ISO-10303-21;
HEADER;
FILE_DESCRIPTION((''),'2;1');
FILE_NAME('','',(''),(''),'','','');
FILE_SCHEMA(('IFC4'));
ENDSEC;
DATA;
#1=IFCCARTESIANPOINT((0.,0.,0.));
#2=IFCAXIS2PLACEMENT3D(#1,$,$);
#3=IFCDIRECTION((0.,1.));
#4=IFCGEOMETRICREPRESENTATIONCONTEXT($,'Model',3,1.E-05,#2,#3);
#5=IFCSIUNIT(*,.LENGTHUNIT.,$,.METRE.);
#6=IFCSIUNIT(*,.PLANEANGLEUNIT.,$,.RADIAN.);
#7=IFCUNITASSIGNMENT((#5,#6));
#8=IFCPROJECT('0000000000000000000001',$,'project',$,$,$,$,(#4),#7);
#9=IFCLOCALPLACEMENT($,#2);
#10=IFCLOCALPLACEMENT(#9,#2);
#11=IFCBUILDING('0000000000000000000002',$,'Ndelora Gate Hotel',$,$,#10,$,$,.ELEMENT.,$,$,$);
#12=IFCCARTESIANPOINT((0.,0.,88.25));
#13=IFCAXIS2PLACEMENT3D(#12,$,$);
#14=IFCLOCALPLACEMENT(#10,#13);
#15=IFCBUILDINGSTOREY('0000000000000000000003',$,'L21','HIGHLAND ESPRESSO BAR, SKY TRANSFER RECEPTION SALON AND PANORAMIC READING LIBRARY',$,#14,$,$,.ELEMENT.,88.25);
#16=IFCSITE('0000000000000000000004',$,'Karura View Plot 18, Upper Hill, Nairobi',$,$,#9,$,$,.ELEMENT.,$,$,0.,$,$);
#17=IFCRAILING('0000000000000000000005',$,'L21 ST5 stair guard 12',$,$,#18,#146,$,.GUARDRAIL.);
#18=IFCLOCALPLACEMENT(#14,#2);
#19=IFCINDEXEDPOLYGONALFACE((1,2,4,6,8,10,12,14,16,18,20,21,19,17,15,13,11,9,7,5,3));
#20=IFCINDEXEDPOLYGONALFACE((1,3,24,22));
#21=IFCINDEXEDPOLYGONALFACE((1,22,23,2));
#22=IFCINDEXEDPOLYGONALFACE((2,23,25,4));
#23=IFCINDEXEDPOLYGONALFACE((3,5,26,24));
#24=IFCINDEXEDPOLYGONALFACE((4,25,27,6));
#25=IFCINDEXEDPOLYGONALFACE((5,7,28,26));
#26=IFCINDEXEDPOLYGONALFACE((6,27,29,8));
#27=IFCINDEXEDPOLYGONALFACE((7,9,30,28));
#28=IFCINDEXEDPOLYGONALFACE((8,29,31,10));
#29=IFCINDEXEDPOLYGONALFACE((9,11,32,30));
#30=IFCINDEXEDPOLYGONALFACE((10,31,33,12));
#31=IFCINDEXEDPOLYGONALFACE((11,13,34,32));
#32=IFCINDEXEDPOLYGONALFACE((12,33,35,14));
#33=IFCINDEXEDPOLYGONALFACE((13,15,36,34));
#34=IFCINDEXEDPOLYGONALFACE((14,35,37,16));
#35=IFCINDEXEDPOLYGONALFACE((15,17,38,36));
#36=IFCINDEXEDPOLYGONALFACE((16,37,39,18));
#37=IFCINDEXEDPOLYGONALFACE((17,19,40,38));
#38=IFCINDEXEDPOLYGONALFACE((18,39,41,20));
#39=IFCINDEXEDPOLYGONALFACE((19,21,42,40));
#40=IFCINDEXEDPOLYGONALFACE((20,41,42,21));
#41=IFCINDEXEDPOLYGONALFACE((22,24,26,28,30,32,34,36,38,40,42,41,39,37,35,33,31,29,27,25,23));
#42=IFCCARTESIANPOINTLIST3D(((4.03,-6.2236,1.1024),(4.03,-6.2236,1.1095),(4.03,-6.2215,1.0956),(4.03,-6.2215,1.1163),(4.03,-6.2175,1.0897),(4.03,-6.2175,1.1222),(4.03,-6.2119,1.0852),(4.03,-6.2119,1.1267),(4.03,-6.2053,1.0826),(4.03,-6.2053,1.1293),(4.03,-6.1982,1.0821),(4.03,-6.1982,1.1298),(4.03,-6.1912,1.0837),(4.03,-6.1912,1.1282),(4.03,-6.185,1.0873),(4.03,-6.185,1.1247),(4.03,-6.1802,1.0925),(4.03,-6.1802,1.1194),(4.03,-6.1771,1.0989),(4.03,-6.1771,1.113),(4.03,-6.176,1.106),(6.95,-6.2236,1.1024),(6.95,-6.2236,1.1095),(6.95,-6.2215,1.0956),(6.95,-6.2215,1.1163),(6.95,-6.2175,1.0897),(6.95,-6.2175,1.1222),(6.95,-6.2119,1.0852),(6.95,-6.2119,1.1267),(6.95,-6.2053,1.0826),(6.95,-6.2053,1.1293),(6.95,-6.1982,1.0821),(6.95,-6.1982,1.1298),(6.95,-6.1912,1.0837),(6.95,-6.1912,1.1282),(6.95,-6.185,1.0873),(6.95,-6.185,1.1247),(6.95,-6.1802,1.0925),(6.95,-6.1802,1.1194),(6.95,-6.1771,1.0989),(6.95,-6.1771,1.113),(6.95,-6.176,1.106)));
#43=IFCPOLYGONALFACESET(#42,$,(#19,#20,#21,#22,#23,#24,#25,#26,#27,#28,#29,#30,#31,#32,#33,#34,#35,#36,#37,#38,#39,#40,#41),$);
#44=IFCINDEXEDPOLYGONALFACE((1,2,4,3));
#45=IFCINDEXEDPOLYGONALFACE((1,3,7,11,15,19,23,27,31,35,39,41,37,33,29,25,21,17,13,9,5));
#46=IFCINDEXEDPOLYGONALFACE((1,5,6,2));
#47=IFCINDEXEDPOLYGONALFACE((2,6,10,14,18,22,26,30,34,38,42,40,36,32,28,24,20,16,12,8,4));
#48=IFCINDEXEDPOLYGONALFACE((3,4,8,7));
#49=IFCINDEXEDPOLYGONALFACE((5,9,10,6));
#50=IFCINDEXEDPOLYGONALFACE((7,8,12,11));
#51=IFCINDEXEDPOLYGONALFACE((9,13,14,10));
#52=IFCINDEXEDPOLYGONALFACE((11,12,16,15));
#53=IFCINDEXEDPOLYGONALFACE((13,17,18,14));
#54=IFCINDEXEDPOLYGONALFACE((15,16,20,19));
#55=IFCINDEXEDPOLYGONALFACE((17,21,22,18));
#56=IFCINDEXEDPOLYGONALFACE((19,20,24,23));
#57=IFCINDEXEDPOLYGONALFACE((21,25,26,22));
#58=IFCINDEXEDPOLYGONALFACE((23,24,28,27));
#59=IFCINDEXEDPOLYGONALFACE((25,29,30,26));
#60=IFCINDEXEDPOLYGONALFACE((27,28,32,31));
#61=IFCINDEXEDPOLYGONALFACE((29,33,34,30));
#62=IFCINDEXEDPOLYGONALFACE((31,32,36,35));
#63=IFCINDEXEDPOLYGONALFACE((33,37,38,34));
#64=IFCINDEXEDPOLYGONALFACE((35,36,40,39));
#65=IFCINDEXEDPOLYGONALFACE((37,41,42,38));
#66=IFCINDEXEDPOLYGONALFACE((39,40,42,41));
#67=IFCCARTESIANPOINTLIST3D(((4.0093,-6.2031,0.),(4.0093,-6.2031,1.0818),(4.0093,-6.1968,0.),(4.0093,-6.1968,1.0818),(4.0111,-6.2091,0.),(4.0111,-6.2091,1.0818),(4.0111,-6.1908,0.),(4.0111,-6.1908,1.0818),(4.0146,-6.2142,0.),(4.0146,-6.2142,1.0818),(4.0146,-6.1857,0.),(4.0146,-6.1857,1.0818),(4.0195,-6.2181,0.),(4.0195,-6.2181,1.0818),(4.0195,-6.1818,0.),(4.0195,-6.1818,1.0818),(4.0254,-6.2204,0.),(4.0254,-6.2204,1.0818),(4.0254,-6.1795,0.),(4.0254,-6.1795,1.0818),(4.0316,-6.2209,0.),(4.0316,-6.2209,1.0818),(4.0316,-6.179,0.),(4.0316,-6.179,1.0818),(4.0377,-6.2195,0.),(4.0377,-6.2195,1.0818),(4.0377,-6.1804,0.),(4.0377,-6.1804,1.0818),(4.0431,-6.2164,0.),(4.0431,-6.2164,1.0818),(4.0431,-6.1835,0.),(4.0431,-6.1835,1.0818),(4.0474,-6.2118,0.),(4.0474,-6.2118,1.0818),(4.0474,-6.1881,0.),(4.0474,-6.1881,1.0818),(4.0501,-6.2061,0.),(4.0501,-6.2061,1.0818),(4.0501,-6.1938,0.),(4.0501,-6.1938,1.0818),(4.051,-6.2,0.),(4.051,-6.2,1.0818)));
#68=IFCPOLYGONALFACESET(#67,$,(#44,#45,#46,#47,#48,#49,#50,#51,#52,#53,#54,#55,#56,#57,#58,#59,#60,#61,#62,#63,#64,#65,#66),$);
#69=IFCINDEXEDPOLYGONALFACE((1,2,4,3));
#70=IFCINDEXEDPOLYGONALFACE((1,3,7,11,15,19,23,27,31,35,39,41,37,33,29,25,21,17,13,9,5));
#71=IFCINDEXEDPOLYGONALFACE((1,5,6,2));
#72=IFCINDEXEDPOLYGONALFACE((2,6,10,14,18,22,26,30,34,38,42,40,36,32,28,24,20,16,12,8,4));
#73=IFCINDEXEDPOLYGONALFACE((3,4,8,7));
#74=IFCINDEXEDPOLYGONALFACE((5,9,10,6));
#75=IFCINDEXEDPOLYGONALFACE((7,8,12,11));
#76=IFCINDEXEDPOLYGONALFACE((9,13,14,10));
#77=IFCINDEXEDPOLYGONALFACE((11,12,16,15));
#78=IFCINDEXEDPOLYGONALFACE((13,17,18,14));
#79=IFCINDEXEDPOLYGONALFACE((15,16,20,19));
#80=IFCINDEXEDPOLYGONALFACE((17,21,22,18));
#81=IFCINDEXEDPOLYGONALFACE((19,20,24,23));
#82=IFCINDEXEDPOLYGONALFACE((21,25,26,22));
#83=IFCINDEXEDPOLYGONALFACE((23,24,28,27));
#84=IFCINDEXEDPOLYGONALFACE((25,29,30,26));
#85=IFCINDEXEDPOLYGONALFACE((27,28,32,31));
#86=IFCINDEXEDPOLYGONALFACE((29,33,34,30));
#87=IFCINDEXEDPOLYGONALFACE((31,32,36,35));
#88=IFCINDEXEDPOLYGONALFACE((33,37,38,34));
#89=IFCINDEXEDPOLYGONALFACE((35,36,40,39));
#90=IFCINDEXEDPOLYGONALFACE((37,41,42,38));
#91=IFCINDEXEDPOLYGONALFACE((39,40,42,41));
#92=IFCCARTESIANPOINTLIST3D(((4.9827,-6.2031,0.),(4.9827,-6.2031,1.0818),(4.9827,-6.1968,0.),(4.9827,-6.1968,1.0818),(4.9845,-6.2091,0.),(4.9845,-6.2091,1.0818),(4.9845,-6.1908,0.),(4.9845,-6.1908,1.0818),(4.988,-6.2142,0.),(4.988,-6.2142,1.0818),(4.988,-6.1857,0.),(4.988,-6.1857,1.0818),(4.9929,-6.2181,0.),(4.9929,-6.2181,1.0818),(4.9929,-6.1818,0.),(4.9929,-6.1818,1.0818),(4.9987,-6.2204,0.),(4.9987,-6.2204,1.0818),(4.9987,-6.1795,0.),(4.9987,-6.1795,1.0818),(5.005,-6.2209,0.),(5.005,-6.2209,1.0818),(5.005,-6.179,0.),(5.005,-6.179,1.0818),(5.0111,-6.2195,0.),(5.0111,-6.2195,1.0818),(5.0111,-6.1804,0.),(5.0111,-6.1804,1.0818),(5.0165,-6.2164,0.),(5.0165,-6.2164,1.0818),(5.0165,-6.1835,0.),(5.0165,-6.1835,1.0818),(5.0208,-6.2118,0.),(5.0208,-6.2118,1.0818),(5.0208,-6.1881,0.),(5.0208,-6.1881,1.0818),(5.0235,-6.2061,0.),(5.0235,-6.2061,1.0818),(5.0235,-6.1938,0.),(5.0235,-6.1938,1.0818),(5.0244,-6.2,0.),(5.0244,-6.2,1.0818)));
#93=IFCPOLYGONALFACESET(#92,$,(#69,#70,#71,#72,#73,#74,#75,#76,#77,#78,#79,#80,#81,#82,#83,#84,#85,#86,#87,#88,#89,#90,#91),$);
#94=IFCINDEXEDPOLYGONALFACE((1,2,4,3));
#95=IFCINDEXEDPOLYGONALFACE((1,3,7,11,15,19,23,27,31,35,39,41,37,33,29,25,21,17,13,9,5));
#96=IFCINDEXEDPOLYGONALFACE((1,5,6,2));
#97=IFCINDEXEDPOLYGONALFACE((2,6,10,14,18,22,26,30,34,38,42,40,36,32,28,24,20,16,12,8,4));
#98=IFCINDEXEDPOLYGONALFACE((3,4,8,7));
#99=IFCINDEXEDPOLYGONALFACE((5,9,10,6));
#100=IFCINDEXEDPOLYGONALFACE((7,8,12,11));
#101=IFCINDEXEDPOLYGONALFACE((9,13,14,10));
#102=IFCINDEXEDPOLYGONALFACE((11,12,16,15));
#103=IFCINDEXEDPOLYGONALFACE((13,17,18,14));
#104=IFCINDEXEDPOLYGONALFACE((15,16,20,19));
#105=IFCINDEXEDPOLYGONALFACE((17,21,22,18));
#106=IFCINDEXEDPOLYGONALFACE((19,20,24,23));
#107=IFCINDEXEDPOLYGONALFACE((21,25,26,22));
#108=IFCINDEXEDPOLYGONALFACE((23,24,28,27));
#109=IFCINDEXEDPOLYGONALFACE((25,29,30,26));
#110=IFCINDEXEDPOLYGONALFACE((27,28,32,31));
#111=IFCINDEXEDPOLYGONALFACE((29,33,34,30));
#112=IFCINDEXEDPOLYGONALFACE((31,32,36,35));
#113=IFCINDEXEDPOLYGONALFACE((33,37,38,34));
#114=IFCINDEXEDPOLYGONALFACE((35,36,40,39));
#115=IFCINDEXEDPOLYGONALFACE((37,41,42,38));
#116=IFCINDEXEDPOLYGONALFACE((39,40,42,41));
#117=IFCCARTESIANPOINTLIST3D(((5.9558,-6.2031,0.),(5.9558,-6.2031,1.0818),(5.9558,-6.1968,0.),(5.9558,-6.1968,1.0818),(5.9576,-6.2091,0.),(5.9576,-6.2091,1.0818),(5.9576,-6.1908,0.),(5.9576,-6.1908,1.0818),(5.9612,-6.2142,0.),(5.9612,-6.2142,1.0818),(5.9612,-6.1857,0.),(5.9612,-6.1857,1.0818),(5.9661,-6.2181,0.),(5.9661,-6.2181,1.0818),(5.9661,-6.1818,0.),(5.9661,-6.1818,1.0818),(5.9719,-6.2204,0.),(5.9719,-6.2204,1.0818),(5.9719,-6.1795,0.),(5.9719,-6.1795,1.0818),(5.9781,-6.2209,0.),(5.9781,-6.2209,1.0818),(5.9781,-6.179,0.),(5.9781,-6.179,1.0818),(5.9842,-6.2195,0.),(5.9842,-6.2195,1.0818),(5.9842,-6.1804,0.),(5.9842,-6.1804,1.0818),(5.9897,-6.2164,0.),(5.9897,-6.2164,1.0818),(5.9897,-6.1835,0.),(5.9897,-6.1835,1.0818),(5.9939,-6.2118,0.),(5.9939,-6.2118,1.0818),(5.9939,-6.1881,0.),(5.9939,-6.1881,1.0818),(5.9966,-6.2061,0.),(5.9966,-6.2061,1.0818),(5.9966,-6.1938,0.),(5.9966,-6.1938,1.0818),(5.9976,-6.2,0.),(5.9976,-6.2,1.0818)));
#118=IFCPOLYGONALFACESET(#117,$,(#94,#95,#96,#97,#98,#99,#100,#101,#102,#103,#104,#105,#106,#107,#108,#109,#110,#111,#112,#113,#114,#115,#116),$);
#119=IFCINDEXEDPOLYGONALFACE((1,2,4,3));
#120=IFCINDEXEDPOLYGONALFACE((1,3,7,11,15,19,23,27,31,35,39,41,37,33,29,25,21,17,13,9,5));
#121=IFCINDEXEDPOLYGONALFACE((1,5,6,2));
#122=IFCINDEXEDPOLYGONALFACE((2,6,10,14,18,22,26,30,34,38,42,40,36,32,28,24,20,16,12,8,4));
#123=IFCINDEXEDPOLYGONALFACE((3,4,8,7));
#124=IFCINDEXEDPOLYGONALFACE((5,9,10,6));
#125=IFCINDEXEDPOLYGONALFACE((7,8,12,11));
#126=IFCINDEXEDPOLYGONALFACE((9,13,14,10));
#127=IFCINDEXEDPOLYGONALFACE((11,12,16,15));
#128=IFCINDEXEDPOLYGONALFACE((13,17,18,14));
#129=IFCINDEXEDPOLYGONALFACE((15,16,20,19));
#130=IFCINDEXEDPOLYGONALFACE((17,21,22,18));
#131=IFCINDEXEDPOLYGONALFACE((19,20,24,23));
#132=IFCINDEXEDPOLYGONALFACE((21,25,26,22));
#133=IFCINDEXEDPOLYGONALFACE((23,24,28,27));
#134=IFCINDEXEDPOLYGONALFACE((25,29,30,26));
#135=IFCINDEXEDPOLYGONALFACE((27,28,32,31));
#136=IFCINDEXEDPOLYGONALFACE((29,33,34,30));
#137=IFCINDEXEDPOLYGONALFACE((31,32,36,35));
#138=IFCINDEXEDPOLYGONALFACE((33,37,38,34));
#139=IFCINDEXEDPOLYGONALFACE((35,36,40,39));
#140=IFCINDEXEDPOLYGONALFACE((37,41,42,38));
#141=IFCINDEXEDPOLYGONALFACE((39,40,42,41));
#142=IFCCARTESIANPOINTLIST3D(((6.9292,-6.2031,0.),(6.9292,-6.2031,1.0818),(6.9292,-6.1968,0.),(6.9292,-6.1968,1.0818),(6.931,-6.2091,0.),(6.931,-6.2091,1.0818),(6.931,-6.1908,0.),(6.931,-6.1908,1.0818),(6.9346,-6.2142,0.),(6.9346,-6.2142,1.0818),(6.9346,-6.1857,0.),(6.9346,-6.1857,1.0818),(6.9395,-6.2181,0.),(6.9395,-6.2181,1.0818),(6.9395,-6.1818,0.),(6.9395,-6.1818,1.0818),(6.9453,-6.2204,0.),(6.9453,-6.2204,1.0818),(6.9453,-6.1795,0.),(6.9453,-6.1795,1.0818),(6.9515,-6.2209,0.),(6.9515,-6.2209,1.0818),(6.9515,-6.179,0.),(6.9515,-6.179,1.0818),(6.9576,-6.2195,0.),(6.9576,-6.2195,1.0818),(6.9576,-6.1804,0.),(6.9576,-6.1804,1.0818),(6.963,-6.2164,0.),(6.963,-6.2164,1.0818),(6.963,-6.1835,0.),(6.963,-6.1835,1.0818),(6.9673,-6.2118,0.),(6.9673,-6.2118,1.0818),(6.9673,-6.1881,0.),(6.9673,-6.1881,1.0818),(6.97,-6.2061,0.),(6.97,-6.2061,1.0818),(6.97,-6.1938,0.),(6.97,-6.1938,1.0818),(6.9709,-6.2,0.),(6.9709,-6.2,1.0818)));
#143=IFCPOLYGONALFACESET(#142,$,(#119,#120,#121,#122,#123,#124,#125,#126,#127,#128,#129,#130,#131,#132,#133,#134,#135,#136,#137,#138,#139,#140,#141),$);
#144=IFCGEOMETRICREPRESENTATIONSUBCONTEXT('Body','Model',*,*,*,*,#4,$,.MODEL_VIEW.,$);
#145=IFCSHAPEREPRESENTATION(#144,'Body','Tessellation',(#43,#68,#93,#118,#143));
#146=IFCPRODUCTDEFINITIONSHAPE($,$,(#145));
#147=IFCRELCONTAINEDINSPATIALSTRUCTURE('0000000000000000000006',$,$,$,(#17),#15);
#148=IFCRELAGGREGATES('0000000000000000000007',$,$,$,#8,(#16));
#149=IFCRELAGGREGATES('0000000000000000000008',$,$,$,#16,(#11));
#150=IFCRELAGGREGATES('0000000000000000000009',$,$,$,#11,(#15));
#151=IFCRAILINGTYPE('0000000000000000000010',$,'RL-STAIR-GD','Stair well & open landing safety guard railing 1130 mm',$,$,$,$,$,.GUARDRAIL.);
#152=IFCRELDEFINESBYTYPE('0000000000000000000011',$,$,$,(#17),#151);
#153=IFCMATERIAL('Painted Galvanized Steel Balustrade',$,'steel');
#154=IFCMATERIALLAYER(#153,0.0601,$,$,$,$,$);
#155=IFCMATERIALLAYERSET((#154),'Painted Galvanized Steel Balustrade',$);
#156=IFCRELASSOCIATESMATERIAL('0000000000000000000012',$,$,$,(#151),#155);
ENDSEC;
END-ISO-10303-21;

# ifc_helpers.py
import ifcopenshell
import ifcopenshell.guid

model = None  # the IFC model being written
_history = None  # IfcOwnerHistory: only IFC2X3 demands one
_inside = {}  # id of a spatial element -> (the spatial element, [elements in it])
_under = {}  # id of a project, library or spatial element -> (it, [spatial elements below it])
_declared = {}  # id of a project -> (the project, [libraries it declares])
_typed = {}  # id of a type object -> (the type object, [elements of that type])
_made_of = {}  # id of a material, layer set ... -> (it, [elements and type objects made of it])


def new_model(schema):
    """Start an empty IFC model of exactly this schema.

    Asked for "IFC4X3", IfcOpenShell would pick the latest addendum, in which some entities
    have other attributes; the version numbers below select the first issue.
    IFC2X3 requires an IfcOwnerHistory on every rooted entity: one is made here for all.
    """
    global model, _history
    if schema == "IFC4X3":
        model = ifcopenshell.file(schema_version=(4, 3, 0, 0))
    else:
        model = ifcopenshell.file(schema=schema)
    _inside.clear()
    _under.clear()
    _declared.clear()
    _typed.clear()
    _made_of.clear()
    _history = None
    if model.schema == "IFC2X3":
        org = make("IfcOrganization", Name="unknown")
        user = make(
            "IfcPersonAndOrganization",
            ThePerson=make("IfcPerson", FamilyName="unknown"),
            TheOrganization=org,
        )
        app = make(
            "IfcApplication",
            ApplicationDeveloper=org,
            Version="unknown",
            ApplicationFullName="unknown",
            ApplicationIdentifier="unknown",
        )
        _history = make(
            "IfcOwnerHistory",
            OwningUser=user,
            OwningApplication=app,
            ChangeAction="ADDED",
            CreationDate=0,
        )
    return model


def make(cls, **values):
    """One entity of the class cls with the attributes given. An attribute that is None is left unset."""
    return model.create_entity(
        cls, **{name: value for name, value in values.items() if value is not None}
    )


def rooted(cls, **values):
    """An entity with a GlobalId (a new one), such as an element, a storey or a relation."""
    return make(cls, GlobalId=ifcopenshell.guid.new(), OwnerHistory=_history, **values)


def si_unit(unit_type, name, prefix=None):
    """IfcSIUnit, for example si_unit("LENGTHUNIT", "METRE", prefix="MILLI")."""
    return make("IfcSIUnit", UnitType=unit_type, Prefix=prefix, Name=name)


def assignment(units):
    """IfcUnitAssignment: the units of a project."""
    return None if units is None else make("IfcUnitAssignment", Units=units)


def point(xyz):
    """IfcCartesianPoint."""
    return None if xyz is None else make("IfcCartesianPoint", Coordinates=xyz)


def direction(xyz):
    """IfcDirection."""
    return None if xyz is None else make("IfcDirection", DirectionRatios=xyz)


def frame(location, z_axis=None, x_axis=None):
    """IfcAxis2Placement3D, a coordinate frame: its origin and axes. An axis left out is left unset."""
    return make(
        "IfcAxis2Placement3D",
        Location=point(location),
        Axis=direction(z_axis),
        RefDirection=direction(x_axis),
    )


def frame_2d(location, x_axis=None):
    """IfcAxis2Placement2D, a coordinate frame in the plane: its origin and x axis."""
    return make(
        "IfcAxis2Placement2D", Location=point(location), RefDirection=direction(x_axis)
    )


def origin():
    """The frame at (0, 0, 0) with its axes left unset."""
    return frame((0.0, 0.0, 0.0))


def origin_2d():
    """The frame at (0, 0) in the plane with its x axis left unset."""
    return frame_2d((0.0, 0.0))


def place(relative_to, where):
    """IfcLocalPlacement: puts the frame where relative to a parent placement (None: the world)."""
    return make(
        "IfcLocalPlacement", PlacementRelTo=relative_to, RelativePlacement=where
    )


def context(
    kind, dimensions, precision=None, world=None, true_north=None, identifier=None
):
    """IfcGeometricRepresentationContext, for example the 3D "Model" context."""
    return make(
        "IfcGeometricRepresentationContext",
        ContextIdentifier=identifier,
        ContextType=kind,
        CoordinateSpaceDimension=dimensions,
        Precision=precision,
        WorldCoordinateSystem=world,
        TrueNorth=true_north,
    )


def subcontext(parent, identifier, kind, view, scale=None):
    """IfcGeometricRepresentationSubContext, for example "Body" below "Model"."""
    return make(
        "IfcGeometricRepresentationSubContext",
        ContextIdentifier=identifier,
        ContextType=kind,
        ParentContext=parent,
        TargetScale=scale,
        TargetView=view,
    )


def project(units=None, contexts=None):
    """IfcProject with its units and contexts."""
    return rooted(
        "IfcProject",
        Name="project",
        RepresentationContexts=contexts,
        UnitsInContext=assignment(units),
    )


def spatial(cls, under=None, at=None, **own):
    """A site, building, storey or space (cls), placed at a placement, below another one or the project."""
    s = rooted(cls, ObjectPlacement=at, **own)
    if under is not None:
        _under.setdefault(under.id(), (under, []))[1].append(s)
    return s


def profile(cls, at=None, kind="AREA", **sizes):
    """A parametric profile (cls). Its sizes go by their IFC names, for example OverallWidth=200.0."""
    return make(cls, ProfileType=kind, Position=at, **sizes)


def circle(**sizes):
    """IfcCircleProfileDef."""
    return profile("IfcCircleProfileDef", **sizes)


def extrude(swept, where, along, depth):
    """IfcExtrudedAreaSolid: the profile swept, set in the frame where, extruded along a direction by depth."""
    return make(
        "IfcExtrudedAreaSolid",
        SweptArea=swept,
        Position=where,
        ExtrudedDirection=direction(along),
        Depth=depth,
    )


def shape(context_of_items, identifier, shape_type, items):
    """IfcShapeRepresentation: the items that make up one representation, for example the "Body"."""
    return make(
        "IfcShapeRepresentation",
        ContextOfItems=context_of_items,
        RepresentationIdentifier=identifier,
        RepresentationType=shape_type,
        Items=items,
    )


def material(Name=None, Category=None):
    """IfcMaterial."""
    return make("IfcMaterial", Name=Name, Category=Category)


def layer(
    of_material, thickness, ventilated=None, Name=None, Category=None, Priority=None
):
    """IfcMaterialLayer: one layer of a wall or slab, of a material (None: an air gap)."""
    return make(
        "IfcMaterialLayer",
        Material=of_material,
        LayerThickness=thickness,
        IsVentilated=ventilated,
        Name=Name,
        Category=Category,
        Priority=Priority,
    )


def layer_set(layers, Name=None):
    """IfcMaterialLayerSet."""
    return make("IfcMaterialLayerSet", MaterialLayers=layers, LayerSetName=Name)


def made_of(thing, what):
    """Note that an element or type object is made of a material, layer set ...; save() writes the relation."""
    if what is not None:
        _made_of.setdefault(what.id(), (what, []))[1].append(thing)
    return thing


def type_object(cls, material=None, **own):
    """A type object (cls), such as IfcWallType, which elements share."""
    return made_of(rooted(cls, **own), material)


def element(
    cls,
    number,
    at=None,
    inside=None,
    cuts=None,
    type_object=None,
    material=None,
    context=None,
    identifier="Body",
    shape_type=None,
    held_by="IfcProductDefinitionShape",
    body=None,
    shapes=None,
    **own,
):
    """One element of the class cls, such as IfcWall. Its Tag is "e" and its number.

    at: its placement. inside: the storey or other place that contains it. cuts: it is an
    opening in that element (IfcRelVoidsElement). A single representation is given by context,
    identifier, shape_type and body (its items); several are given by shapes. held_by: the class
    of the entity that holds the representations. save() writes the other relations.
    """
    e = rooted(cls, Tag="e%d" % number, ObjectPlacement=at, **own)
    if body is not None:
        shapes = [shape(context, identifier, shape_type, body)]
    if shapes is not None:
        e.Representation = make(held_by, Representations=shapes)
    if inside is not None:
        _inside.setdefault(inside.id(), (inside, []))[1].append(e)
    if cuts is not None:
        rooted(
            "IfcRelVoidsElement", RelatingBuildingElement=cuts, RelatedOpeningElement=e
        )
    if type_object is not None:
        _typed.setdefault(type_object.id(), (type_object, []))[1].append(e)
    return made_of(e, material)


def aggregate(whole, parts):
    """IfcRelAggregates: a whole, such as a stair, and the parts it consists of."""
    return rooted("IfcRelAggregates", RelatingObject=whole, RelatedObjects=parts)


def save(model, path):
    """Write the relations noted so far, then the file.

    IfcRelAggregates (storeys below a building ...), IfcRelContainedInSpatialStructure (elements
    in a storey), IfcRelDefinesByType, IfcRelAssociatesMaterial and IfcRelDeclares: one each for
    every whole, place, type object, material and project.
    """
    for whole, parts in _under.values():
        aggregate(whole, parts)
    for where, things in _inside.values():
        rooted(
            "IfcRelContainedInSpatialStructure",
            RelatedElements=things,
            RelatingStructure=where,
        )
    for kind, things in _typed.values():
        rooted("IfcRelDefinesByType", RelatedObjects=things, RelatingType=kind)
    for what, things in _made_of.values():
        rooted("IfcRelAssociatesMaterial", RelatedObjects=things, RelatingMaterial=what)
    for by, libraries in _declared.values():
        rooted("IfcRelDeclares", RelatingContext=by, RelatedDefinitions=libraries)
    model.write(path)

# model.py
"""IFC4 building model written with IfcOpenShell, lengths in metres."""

from ifc_helpers import new_model, si_unit, direction, frame, origin, origin_2d, place, context, subcontext, project, spatial, circle, extrude, material, layer, layer_set, type_object, element, save


model = new_model("IFC4")

# Units and contexts
model_context = context("Model", 3, precision=1e-05, world=origin(), true_north=direction((0.0, 1.0)))
body_context = subcontext(model_context, "Body", "Model", "MODEL_VIEW")
ifc_project = project(units=[si_unit("LENGTHUNIT", "METRE"), si_unit("PLANEANGLEUNIT", "RADIAN")], contexts=[model_context])

# Site, building, storey
site_placement = place(None, origin())
site = spatial("IfcSite", under=ifc_project, at=site_placement, Name="Karura View Plot 18, Upper Hill, Nairobi", CompositionType="ELEMENT", RefElevation=0.0)
building_placement = place(site_placement, origin())
building = spatial("IfcBuilding", under=site, at=building_placement, Name="Ndelora Gate Hotel", CompositionType="ELEMENT")
storey_placement = place(building_placement, frame((0.0, 0.0, 88.25)))
storey = spatial("IfcBuildingStorey", under=building, at=storey_placement, Name="L21", Description="HIGHLAND ESPRESSO BAR, SKY TRANSFER RECEPTION SALON AND PANORAMIC READING LIBRARY", CompositionType="ELEMENT", Elevation=88.25)

# Railing
ifc_material_1 = material(Name="Painted Galvanized Steel Balustrade", Category="steel")
ifc_layer_1 = layer(ifc_material_1, 0.0601)
ifc_layer_set_1 = layer_set([ifc_layer_1], Name="Painted Galvanized Steel Balustrade")
railing_type_1 = type_object("IfcRailingType", Name="RL-STAIR-GD", Description="Stair well & open landing safety guard railing 1130 mm", PredefinedType="GUARDRAIL", material=ifc_layer_set_1)
railing_1_placement = place(storey_placement, frame((4.03, -6.2, 0.0)))
element("IfcRailing", 1, at=railing_1_placement, inside=storey, type_object=railing_type_1, Name="L21 ST5 stair guard 12", PredefinedType="GUARDRAIL", context=body_context, shape_type="SweptSolid", body=[
    extrude(circle(Radius=0.0239, at=origin_2d()), frame((0.0, 0.0, 1.106), z_axis=(1.0, 0.0, 0.0), x_axis=(0.0, 1.0, 0.0)), (0.0, 0.0, 1.0), 2.9199),
    extrude(circle(Radius=0.021, at=origin_2d()), origin(), (0.0, 0.0, 1.0), 1.0818),
    extrude(circle(Radius=0.021, at=origin_2d()), frame((0.9734, 0.0, 0.0)), (0.0, 0.0, 1.0), 1.0818),
    extrude(circle(Radius=0.021, at=origin_2d()), frame((1.9465, 0.0, 0.0)), (0.0, 0.0, 1.0), 1.0818),
    extrude(circle(Radius=0.021, at=origin_2d()), frame((2.9199, 0.0, 0.0)), (0.0, 0.0, 1.0), 1.0818),
])

save(model, "model.ifc")
